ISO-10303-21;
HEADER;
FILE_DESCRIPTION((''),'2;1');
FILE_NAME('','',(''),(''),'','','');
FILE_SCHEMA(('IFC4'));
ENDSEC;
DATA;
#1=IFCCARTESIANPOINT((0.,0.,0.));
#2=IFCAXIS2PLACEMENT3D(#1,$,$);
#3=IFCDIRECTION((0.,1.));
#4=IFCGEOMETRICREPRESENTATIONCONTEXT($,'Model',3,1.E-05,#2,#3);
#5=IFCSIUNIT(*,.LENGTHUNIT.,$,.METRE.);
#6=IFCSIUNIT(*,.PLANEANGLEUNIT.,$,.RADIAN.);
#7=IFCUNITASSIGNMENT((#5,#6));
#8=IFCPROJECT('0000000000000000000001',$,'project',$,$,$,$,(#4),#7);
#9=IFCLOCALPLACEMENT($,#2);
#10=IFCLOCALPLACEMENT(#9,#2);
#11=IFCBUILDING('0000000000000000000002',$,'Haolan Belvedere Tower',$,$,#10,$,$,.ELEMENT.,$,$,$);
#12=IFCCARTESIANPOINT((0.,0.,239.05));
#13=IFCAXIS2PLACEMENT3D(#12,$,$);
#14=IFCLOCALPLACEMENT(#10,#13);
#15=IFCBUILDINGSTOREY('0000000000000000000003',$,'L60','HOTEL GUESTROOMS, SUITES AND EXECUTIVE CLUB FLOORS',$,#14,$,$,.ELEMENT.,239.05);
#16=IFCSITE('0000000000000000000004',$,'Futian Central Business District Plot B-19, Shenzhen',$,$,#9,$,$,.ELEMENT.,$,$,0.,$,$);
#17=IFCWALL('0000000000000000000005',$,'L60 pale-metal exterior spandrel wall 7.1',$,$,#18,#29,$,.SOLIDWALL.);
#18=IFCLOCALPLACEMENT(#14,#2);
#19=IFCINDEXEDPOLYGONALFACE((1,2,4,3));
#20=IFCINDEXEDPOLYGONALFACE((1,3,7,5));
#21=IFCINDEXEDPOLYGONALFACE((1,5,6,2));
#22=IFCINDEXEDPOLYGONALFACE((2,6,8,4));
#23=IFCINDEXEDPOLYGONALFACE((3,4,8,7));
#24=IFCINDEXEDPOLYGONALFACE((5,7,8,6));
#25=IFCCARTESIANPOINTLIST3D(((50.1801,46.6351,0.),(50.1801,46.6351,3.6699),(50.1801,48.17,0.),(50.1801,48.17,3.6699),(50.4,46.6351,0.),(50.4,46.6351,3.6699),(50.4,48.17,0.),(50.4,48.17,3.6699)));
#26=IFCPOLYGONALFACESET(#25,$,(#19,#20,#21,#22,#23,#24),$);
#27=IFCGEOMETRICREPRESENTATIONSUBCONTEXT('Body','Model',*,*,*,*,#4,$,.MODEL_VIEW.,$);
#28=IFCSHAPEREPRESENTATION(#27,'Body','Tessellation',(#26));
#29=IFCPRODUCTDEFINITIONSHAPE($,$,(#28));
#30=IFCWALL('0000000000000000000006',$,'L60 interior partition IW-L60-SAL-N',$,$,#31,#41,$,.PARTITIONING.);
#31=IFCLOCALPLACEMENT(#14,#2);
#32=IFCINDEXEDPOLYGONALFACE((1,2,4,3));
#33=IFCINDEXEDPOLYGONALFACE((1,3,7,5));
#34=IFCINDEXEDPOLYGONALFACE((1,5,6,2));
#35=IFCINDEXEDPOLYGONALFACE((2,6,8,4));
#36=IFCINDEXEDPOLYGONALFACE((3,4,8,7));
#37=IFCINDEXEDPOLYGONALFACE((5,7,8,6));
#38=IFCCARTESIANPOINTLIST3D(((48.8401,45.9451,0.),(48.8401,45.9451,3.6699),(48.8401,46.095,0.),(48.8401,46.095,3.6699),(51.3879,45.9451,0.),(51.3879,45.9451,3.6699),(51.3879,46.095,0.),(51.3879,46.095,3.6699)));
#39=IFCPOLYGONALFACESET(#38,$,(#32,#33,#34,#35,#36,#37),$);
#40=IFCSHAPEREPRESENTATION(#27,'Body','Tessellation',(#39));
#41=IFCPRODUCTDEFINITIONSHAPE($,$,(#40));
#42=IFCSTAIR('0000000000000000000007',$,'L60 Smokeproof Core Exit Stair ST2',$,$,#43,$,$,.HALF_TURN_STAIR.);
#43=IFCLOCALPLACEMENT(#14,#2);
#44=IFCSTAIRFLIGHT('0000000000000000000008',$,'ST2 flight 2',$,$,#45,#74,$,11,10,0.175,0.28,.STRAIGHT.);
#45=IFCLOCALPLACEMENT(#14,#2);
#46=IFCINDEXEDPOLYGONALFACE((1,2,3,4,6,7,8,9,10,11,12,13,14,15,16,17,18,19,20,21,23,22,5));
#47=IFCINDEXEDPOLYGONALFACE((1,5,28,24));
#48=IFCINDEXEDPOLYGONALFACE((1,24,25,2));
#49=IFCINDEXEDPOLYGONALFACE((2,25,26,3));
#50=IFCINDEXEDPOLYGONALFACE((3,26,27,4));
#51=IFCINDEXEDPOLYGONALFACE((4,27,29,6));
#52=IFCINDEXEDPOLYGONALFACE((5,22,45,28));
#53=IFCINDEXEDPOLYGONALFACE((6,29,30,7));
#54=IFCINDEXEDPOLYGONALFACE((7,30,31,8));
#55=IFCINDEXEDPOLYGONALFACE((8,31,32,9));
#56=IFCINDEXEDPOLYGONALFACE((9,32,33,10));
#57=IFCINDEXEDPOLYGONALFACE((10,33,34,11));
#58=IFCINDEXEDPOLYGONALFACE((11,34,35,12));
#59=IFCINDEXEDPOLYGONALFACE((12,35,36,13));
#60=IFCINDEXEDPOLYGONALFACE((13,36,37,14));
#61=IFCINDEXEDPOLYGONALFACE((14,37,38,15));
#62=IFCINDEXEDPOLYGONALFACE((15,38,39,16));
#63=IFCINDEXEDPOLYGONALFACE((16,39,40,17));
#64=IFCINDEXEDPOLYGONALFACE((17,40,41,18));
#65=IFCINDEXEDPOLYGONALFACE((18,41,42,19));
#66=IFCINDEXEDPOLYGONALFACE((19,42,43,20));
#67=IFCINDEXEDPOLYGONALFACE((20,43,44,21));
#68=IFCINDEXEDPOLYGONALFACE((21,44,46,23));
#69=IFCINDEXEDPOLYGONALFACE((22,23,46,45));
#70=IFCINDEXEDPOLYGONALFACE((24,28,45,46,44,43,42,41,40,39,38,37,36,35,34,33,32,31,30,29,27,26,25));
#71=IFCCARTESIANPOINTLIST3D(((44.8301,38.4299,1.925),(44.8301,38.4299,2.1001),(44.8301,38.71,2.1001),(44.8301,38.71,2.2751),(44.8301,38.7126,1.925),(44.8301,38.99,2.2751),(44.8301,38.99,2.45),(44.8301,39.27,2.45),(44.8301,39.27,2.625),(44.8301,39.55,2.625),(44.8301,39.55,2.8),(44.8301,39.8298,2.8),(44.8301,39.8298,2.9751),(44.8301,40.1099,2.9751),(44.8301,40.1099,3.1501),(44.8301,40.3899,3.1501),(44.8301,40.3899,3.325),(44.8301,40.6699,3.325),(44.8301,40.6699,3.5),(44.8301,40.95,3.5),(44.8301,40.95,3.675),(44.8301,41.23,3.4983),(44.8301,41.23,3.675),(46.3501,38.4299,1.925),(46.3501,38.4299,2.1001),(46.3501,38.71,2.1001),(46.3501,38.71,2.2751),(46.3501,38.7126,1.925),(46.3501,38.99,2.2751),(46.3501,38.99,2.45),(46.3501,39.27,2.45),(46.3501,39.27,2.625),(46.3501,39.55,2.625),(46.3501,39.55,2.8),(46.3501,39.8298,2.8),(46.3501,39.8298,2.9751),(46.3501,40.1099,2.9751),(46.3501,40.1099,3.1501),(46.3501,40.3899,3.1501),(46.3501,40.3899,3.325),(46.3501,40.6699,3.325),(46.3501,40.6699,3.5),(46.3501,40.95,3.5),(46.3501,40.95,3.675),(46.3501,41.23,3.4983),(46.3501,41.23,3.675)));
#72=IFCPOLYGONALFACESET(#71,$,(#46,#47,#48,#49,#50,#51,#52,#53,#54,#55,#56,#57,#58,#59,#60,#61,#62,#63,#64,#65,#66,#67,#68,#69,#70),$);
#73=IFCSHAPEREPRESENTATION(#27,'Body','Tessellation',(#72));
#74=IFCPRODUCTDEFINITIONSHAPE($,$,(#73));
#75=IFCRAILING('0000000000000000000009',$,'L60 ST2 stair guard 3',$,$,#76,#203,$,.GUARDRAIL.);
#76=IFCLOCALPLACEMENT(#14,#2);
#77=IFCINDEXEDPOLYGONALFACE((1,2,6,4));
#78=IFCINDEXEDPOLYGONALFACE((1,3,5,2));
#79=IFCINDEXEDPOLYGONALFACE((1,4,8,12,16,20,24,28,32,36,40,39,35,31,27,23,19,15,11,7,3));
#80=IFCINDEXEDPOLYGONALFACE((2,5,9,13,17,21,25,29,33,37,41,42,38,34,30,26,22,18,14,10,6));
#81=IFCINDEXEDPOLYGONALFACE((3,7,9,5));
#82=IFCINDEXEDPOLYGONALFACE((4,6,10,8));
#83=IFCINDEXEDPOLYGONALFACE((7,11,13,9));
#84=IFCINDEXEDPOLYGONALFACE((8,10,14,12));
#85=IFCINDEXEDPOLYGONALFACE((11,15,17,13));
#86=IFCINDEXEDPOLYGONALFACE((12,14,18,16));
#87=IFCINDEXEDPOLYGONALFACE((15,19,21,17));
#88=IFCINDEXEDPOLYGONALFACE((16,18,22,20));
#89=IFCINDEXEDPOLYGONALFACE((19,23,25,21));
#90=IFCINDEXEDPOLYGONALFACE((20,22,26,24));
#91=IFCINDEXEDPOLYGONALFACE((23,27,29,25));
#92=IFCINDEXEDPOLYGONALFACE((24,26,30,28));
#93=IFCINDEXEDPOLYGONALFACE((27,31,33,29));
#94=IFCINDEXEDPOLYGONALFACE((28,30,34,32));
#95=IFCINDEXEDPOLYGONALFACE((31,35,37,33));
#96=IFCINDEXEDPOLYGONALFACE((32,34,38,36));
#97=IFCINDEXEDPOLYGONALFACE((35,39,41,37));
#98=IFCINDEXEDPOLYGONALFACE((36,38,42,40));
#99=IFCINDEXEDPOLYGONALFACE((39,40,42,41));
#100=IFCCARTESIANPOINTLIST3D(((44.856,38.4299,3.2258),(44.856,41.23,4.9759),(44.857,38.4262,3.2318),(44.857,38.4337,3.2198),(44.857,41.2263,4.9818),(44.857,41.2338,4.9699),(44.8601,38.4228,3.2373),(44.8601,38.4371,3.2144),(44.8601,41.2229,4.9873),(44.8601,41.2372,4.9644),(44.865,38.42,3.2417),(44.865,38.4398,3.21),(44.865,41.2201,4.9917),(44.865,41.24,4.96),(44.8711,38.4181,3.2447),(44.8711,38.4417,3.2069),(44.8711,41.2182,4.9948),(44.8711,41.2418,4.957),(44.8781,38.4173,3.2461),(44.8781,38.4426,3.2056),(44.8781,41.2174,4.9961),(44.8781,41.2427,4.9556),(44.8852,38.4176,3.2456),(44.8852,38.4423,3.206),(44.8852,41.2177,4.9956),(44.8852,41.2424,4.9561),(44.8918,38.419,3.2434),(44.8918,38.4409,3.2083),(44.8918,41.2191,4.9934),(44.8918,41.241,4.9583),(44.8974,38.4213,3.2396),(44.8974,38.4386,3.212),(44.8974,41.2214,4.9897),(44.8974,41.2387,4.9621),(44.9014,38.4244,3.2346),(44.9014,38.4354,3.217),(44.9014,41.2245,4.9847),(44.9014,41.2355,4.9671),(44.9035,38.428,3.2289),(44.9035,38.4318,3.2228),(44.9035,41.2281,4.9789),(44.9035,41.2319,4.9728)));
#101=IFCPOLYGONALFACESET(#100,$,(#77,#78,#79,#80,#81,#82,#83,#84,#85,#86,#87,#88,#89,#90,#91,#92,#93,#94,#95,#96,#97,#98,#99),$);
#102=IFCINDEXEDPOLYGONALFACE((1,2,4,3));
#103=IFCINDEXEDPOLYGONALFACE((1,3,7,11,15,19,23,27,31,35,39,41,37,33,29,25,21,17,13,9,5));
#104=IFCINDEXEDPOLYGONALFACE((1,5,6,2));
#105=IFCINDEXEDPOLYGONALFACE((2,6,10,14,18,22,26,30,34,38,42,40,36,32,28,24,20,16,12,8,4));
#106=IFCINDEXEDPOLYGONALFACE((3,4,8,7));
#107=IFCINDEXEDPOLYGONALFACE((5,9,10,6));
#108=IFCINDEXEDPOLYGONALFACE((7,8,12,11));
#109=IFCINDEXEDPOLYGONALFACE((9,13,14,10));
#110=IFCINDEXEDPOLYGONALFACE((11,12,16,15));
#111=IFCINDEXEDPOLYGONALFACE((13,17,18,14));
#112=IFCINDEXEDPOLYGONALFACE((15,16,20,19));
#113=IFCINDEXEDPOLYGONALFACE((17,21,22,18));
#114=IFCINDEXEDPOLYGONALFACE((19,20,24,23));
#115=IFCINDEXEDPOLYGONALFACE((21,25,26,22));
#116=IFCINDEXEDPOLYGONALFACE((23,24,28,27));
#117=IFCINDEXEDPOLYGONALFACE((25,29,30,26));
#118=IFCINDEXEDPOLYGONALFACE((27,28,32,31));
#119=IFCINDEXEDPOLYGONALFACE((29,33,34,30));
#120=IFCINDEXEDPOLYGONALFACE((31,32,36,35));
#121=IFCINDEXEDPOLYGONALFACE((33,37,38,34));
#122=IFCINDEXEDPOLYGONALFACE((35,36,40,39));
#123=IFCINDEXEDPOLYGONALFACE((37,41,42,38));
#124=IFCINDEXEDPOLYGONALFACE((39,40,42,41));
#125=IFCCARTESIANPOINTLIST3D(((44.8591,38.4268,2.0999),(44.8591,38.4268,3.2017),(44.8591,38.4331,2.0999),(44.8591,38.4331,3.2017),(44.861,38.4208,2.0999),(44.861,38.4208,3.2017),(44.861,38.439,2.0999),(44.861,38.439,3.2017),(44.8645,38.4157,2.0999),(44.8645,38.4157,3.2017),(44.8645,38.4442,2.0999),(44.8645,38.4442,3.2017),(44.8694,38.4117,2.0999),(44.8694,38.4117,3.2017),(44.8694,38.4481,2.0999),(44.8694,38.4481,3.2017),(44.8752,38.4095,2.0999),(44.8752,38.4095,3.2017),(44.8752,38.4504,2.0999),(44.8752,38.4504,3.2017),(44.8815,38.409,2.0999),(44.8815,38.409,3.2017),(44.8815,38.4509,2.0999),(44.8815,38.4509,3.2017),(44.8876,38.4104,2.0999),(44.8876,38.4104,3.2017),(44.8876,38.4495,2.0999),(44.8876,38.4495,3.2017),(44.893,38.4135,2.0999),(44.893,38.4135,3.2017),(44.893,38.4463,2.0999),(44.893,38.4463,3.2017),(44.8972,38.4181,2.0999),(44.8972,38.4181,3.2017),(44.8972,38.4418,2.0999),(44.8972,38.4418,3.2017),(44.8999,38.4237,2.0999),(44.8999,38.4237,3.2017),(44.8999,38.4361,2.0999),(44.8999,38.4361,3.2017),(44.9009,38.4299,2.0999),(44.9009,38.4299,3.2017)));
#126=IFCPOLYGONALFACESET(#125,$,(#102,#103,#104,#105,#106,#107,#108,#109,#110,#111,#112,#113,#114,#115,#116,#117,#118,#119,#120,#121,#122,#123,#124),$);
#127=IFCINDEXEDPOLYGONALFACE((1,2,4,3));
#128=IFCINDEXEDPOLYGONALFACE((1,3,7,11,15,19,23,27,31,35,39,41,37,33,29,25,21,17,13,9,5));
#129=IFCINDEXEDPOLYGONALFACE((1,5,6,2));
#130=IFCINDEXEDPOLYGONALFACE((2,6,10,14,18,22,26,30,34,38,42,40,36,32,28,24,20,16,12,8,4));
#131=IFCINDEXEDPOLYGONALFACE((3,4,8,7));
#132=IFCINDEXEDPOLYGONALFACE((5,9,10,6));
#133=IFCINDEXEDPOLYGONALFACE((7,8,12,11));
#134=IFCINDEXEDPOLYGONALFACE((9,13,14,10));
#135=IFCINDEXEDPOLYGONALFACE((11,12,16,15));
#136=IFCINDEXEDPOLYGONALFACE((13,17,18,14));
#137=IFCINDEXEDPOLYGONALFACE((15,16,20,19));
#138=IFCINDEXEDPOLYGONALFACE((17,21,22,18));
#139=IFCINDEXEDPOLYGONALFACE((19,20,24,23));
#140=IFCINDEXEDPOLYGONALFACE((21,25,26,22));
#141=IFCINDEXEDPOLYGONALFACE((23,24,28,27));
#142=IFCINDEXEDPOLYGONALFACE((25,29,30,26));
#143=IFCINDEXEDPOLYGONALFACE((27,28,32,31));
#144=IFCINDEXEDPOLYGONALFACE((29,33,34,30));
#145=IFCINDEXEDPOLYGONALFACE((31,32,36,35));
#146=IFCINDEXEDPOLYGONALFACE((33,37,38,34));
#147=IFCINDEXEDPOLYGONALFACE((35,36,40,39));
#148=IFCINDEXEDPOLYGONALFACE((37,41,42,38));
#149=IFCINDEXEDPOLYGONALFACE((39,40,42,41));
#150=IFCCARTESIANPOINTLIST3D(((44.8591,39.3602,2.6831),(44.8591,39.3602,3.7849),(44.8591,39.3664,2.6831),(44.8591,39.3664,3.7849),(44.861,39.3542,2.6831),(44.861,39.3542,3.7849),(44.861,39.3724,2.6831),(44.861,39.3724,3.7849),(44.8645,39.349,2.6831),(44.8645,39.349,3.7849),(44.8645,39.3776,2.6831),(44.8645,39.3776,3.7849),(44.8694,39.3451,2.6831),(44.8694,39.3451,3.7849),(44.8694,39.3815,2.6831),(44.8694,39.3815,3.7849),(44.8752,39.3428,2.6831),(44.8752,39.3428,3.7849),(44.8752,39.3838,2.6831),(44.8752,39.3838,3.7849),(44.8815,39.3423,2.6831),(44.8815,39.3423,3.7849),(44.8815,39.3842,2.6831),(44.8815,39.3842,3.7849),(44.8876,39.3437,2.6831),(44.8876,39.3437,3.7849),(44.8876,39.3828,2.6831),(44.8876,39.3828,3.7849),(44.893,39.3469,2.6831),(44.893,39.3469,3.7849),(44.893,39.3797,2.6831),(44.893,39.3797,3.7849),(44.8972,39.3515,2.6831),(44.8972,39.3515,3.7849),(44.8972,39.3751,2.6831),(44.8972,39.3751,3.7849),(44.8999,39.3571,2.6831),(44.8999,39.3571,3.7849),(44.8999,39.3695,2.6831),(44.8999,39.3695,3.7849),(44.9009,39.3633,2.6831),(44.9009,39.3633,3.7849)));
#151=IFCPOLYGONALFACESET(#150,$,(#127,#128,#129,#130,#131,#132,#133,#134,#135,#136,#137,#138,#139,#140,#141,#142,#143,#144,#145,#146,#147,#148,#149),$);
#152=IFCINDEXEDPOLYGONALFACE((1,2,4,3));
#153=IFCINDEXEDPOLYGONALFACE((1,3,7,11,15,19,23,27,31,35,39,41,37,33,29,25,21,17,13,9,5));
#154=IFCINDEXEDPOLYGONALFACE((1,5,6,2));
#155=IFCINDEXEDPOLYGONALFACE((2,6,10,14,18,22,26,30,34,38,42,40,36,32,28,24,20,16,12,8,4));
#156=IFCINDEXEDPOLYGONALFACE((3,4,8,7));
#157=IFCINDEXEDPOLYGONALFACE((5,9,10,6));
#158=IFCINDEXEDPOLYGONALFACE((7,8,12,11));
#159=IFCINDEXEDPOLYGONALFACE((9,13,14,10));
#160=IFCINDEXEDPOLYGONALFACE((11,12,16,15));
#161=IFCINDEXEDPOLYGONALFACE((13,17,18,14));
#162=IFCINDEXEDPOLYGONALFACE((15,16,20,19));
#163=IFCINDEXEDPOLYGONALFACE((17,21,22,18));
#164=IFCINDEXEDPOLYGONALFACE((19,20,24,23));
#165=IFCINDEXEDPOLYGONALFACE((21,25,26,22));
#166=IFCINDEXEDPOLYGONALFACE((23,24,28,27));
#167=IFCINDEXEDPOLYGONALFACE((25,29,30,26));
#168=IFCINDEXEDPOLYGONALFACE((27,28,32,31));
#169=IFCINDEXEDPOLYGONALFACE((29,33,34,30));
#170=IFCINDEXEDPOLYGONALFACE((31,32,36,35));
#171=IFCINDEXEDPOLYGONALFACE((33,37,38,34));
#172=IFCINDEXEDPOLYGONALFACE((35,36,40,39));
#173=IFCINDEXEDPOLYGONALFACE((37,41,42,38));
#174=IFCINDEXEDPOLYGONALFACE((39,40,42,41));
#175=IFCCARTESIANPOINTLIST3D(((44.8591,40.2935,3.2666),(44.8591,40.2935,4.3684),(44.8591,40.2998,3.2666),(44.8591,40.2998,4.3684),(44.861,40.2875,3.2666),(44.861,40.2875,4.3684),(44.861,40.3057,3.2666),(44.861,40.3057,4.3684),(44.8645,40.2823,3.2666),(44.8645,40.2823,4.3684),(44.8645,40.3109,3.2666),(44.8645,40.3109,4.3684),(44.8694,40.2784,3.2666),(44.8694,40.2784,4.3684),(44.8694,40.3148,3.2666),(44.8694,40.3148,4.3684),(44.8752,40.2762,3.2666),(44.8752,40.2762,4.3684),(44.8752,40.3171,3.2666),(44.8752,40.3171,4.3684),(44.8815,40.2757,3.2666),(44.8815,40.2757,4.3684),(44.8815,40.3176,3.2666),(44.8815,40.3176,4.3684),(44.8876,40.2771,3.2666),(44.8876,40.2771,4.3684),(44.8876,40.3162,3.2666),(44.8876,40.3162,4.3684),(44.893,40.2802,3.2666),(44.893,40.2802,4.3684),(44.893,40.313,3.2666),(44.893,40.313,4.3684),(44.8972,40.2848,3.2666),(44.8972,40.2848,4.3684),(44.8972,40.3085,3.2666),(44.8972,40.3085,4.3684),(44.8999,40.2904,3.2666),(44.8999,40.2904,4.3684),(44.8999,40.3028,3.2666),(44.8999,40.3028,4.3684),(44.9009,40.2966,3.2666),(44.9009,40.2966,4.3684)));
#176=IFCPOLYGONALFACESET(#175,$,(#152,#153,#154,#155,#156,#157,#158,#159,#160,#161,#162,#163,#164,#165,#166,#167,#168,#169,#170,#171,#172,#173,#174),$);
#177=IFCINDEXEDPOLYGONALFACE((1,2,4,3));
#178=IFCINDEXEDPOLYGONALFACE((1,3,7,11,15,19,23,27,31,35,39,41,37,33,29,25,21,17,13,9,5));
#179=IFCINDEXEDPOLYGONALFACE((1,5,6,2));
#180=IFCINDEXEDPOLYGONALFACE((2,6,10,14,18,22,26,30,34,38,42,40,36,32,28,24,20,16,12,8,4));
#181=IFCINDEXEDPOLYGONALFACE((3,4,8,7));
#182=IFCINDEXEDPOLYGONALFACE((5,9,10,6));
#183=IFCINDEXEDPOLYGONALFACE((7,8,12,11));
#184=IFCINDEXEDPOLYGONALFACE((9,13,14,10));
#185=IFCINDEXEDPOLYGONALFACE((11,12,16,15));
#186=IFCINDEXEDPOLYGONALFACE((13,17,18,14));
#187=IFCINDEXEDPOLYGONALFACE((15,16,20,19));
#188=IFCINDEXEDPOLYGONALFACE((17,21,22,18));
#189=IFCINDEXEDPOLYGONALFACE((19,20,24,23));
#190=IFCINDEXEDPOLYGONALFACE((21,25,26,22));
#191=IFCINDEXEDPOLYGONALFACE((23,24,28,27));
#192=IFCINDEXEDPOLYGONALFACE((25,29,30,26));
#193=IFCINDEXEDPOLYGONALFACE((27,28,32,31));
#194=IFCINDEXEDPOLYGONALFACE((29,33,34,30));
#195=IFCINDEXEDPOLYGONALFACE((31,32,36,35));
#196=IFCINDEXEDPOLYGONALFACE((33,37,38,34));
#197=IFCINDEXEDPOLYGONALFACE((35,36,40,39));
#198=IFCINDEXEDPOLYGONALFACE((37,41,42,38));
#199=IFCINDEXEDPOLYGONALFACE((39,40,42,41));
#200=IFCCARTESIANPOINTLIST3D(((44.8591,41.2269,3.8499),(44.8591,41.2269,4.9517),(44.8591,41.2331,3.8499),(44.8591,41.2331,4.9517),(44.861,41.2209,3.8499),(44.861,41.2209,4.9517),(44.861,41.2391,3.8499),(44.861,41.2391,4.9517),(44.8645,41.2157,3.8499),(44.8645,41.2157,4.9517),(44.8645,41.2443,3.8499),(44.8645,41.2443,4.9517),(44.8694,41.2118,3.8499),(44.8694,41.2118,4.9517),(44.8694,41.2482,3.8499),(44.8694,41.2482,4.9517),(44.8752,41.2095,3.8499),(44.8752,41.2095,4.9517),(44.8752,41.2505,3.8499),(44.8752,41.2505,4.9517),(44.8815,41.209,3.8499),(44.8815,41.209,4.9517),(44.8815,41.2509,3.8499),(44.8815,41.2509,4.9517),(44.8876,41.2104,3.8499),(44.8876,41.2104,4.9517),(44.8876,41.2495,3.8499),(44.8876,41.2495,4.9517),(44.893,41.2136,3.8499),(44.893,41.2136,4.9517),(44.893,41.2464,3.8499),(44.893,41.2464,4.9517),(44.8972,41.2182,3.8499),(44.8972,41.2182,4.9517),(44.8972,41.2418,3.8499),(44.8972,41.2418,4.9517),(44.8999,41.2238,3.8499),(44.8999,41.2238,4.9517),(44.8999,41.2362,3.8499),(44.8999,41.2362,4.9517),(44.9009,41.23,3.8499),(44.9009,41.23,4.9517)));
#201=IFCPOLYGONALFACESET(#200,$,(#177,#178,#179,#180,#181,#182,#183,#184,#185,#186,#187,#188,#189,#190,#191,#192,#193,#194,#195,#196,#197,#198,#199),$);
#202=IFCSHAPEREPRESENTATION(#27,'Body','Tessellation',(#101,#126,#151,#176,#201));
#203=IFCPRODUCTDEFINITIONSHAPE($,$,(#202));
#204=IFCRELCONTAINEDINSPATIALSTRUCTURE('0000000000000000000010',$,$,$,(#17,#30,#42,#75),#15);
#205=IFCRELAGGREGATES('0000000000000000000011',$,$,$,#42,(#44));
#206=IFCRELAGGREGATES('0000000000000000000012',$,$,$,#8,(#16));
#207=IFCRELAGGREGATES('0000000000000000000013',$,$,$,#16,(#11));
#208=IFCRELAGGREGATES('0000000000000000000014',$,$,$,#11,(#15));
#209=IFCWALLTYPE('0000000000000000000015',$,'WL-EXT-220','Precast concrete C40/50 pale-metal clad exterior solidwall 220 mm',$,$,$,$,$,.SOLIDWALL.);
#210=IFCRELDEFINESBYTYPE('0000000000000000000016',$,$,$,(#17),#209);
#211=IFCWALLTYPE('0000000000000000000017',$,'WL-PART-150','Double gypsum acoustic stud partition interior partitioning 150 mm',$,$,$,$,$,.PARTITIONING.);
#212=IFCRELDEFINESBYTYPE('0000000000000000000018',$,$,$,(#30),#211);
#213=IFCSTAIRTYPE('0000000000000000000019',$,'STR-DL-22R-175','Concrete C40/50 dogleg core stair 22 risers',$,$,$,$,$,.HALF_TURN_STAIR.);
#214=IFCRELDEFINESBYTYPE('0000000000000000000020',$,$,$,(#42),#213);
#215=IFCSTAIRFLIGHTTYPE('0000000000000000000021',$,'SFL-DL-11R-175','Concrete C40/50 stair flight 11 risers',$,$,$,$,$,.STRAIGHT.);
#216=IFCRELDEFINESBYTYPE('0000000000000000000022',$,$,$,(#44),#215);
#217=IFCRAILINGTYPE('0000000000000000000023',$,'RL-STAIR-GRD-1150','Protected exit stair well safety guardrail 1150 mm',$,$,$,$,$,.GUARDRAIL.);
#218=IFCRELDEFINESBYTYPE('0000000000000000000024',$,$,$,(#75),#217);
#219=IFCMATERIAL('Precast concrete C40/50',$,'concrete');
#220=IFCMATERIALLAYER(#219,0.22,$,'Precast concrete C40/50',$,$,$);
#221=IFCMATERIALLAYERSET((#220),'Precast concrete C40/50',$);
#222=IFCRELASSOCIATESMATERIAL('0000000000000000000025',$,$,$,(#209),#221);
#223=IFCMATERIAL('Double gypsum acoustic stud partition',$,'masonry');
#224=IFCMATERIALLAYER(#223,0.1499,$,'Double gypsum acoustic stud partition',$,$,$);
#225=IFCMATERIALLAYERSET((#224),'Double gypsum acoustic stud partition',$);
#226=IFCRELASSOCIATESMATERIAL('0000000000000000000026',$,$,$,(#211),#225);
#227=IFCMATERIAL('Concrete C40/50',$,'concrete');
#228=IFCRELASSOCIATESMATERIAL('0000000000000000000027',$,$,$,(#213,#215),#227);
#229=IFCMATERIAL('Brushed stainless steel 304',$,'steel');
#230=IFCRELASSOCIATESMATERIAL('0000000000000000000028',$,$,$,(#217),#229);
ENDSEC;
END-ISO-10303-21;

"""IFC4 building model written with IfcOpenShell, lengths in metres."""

from ifc_helpers import new_model, si_unit, direction, frame, frame_2d, origin, origin_2d, place, context, subcontext, project, spatial, polyline, rectangle, circle, outline, extrude, material, layer, layer_set, type_object, element, aggregate, save


model = new_model("IFC4")

# Units and contexts
model_context = context("Model", 3, precision=1e-05, world=origin(), true_north=direction((0.0, 1.0)))
body_context = subcontext(model_context, "Body", "Model", "MODEL_VIEW")
ifc_project = project(units=[si_unit("LENGTHUNIT", "METRE"), si_unit("PLANEANGLEUNIT", "RADIAN")], contexts=[model_context])

# Site, building, storey
site_placement = place(None, origin())
site = spatial("IfcSite", under=ifc_project, at=site_placement, Name="Futian Central Business District Plot B-19, Shenzhen", CompositionType="ELEMENT", RefElevation=0.0)
building_placement = place(site_placement, origin())
building = spatial("IfcBuilding", under=site, at=building_placement, Name="Haolan Belvedere Tower", CompositionType="ELEMENT")
storey_placement = place(building_placement, frame((0.0, 0.0, 239.05)))
storey = spatial("IfcBuildingStorey", under=building, at=storey_placement, Name="L60", Description="HOTEL GUESTROOMS, SUITES AND EXECUTIVE CLUB FLOORS", CompositionType="ELEMENT", Elevation=239.05)

# Shared definitions
ifc_material_1 = material(Name="Precast concrete C40/50", Category="concrete")
ifc_layer_1 = layer(ifc_material_1, 0.22, Name="Precast concrete C40/50")
ifc_layer_set_1 = layer_set([ifc_layer_1], Name="Precast concrete C40/50")
wall_type_1 = type_object("IfcWallType", Name="WL-EXT-220", Description="Precast concrete C40/50 pale-metal clad exterior solidwall 220 mm", PredefinedType="SOLIDWALL", material=ifc_layer_set_1)

# Wall
wall_1_placement = place(storey_placement, frame((50.29, 46.635, 0.0), z_axis=(0.0, 0.0, 1.0), x_axis=(0.0, 1.0, 0.0)))
element("IfcWall", 1, at=wall_1_placement, inside=storey, type_object=wall_type_1, Name="L60 pale-metal exterior spandrel wall 7.1", PredefinedType="SOLIDWALL", context=body_context, shape_type="SweptSolid", body=[
    extrude(rectangle(XDim=1.5349, YDim=0.22, at=frame_2d((0.7676, 0.0))), origin(), (0.0, 0.0, 1.0), 3.6699),
])

# Shared definitions
ifc_material_2 = material(Name="Concrete C40/50", Category="concrete")

# Wall
ifc_material_3 = material(Name="Double gypsum acoustic stud partition", Category="masonry")
ifc_layer_2 = layer(ifc_material_3, 0.1499, Name="Double gypsum acoustic stud partition")
ifc_layer_set_2 = layer_set([ifc_layer_2], Name="Double gypsum acoustic stud partition")
wall_type_2 = type_object("IfcWallType", Name="WL-PART-150", Description="Double gypsum acoustic stud partition interior partitioning 150 mm", PredefinedType="PARTITIONING", material=ifc_layer_set_2)
wall_2_placement = place(storey_placement, frame((48.8401, 46.02, 0.0), z_axis=(0.0, 0.0, 1.0), x_axis=(1.0, 0.0, 0.0)))
element("IfcWall", 2, at=wall_2_placement, inside=storey, type_object=wall_type_2, Name="L60 interior partition IW-L60-SAL-N", PredefinedType="PARTITIONING", context=body_context, shape_type="SweptSolid", body=[
    extrude(rectangle(XDim=2.5479, YDim=0.1499, at=frame_2d((1.2739, 0.0))), origin(), (0.0, 0.0, 1.0), 3.6699),
])

# Stair, stair flight
stair_type = type_object("IfcStairType", Name="STR-DL-22R-175", Description="Concrete C40/50 dogleg core stair 22 risers", PredefinedType="HALF_TURN_STAIR", material=ifc_material_2)
stair_placement = place(storey_placement, origin())
stair = element("IfcStair", 3, at=stair_placement, inside=storey, type_object=stair_type, Name="L60 Smokeproof Core Exit Stair ST2", PredefinedType="HALF_TURN_STAIR")
stair_flight_type = type_object("IfcStairFlightType", Name="SFL-DL-11R-175", Description="Concrete C40/50 stair flight 11 risers", PredefinedType="STRAIGHT", material=ifc_material_2)
stair_flight_placement = place(storey_placement, frame((45.5901, 38.4299, 1.925), z_axis=(0.0, 0.0, 1.0), x_axis=(0.0, 1.0, 0.0)))
stair_flight = element("IfcStairFlight", 4, at=stair_flight_placement, type_object=stair_flight_type, Name="ST2 flight 2", NumberOfRisers=11, NumberOfTreads=10, PredefinedType="STRAIGHT", RiserHeight=0.175, TreadLength=0.28, context=body_context, shape_type="SweptSolid", body=[
    extrude(outline(polyline([(0.0, 0.0), (0.0, 0.175), (0.28, 0.175), (0.28, 0.3501), (0.5601, 0.3501), (0.5601, 0.5249), (0.8401, 0.5249), (0.8401, 0.7), (1.1201, 0.7), (1.1201, 0.875), (1.3999, 0.875), (1.3999, 1.05), (1.6799, 1.05), (1.6799, 1.2251), (1.96, 1.2251), (1.96, 1.3999), (2.24, 1.3999), (2.24, 1.575), (2.52, 1.575), (2.52, 1.75), (2.8, 1.75), (2.8, 1.925), (2.8, 1.5732), (0.2827, 0.0), (0.0, 0.0)])), frame((0.0, 0.76, 0.0), z_axis=(0.0, -1.0, 0.0), x_axis=(1.0, 0.0, 0.0)), (0.0, 0.0, 1.0), 1.52),
])
aggregate(stair, [stair_flight])

# Railing
ifc_material_4 = material(Name="Brushed stainless steel 304", Category="steel")
railing_type_1 = type_object("IfcRailingType", Name="RL-STAIR-GRD-1150", Description="Protected exit stair well safety guardrail 1150 mm", PredefinedType="GUARDRAIL", material=ifc_material_4)
railing_1_placement = place(storey_placement, frame((44.8799, 38.4299, 2.0999)))
element("IfcRailing", 5, at=railing_1_placement, inside=storey, type_object=railing_type_1, Name="L60 ST2 stair guard 3", PredefinedType="GUARDRAIL", context=body_context, shape_type="SweptSolid", body=[
    extrude(circle(Radius=0.0239, at=origin_2d()), frame((0.0, 0.0, 1.126), z_axis=(0.0, 0.848002, 0.529992), x_axis=(-1.0, 0.0, 0.0)), (0.0, 0.0, 1.0), 3.302),
    extrude(circle(Radius=0.021, at=origin_2d()), origin(), (0.0, 0.0, 1.0), 1.1018),
    extrude(circle(Radius=0.021, at=origin_2d()), frame((0.0, 0.9333, 0.5833)), (0.0, 0.0, 1.0), 1.1018),
    extrude(circle(Radius=0.021, at=origin_2d()), frame((0.0, 1.8667, 1.1667)), (0.0, 0.0, 1.0), 1.1018),
    extrude(circle(Radius=0.021, at=origin_2d()), frame((0.0, 2.8, 1.75)), (0.0, 0.0, 1.0), 1.1018),
])

save(model, "model.ifc")
